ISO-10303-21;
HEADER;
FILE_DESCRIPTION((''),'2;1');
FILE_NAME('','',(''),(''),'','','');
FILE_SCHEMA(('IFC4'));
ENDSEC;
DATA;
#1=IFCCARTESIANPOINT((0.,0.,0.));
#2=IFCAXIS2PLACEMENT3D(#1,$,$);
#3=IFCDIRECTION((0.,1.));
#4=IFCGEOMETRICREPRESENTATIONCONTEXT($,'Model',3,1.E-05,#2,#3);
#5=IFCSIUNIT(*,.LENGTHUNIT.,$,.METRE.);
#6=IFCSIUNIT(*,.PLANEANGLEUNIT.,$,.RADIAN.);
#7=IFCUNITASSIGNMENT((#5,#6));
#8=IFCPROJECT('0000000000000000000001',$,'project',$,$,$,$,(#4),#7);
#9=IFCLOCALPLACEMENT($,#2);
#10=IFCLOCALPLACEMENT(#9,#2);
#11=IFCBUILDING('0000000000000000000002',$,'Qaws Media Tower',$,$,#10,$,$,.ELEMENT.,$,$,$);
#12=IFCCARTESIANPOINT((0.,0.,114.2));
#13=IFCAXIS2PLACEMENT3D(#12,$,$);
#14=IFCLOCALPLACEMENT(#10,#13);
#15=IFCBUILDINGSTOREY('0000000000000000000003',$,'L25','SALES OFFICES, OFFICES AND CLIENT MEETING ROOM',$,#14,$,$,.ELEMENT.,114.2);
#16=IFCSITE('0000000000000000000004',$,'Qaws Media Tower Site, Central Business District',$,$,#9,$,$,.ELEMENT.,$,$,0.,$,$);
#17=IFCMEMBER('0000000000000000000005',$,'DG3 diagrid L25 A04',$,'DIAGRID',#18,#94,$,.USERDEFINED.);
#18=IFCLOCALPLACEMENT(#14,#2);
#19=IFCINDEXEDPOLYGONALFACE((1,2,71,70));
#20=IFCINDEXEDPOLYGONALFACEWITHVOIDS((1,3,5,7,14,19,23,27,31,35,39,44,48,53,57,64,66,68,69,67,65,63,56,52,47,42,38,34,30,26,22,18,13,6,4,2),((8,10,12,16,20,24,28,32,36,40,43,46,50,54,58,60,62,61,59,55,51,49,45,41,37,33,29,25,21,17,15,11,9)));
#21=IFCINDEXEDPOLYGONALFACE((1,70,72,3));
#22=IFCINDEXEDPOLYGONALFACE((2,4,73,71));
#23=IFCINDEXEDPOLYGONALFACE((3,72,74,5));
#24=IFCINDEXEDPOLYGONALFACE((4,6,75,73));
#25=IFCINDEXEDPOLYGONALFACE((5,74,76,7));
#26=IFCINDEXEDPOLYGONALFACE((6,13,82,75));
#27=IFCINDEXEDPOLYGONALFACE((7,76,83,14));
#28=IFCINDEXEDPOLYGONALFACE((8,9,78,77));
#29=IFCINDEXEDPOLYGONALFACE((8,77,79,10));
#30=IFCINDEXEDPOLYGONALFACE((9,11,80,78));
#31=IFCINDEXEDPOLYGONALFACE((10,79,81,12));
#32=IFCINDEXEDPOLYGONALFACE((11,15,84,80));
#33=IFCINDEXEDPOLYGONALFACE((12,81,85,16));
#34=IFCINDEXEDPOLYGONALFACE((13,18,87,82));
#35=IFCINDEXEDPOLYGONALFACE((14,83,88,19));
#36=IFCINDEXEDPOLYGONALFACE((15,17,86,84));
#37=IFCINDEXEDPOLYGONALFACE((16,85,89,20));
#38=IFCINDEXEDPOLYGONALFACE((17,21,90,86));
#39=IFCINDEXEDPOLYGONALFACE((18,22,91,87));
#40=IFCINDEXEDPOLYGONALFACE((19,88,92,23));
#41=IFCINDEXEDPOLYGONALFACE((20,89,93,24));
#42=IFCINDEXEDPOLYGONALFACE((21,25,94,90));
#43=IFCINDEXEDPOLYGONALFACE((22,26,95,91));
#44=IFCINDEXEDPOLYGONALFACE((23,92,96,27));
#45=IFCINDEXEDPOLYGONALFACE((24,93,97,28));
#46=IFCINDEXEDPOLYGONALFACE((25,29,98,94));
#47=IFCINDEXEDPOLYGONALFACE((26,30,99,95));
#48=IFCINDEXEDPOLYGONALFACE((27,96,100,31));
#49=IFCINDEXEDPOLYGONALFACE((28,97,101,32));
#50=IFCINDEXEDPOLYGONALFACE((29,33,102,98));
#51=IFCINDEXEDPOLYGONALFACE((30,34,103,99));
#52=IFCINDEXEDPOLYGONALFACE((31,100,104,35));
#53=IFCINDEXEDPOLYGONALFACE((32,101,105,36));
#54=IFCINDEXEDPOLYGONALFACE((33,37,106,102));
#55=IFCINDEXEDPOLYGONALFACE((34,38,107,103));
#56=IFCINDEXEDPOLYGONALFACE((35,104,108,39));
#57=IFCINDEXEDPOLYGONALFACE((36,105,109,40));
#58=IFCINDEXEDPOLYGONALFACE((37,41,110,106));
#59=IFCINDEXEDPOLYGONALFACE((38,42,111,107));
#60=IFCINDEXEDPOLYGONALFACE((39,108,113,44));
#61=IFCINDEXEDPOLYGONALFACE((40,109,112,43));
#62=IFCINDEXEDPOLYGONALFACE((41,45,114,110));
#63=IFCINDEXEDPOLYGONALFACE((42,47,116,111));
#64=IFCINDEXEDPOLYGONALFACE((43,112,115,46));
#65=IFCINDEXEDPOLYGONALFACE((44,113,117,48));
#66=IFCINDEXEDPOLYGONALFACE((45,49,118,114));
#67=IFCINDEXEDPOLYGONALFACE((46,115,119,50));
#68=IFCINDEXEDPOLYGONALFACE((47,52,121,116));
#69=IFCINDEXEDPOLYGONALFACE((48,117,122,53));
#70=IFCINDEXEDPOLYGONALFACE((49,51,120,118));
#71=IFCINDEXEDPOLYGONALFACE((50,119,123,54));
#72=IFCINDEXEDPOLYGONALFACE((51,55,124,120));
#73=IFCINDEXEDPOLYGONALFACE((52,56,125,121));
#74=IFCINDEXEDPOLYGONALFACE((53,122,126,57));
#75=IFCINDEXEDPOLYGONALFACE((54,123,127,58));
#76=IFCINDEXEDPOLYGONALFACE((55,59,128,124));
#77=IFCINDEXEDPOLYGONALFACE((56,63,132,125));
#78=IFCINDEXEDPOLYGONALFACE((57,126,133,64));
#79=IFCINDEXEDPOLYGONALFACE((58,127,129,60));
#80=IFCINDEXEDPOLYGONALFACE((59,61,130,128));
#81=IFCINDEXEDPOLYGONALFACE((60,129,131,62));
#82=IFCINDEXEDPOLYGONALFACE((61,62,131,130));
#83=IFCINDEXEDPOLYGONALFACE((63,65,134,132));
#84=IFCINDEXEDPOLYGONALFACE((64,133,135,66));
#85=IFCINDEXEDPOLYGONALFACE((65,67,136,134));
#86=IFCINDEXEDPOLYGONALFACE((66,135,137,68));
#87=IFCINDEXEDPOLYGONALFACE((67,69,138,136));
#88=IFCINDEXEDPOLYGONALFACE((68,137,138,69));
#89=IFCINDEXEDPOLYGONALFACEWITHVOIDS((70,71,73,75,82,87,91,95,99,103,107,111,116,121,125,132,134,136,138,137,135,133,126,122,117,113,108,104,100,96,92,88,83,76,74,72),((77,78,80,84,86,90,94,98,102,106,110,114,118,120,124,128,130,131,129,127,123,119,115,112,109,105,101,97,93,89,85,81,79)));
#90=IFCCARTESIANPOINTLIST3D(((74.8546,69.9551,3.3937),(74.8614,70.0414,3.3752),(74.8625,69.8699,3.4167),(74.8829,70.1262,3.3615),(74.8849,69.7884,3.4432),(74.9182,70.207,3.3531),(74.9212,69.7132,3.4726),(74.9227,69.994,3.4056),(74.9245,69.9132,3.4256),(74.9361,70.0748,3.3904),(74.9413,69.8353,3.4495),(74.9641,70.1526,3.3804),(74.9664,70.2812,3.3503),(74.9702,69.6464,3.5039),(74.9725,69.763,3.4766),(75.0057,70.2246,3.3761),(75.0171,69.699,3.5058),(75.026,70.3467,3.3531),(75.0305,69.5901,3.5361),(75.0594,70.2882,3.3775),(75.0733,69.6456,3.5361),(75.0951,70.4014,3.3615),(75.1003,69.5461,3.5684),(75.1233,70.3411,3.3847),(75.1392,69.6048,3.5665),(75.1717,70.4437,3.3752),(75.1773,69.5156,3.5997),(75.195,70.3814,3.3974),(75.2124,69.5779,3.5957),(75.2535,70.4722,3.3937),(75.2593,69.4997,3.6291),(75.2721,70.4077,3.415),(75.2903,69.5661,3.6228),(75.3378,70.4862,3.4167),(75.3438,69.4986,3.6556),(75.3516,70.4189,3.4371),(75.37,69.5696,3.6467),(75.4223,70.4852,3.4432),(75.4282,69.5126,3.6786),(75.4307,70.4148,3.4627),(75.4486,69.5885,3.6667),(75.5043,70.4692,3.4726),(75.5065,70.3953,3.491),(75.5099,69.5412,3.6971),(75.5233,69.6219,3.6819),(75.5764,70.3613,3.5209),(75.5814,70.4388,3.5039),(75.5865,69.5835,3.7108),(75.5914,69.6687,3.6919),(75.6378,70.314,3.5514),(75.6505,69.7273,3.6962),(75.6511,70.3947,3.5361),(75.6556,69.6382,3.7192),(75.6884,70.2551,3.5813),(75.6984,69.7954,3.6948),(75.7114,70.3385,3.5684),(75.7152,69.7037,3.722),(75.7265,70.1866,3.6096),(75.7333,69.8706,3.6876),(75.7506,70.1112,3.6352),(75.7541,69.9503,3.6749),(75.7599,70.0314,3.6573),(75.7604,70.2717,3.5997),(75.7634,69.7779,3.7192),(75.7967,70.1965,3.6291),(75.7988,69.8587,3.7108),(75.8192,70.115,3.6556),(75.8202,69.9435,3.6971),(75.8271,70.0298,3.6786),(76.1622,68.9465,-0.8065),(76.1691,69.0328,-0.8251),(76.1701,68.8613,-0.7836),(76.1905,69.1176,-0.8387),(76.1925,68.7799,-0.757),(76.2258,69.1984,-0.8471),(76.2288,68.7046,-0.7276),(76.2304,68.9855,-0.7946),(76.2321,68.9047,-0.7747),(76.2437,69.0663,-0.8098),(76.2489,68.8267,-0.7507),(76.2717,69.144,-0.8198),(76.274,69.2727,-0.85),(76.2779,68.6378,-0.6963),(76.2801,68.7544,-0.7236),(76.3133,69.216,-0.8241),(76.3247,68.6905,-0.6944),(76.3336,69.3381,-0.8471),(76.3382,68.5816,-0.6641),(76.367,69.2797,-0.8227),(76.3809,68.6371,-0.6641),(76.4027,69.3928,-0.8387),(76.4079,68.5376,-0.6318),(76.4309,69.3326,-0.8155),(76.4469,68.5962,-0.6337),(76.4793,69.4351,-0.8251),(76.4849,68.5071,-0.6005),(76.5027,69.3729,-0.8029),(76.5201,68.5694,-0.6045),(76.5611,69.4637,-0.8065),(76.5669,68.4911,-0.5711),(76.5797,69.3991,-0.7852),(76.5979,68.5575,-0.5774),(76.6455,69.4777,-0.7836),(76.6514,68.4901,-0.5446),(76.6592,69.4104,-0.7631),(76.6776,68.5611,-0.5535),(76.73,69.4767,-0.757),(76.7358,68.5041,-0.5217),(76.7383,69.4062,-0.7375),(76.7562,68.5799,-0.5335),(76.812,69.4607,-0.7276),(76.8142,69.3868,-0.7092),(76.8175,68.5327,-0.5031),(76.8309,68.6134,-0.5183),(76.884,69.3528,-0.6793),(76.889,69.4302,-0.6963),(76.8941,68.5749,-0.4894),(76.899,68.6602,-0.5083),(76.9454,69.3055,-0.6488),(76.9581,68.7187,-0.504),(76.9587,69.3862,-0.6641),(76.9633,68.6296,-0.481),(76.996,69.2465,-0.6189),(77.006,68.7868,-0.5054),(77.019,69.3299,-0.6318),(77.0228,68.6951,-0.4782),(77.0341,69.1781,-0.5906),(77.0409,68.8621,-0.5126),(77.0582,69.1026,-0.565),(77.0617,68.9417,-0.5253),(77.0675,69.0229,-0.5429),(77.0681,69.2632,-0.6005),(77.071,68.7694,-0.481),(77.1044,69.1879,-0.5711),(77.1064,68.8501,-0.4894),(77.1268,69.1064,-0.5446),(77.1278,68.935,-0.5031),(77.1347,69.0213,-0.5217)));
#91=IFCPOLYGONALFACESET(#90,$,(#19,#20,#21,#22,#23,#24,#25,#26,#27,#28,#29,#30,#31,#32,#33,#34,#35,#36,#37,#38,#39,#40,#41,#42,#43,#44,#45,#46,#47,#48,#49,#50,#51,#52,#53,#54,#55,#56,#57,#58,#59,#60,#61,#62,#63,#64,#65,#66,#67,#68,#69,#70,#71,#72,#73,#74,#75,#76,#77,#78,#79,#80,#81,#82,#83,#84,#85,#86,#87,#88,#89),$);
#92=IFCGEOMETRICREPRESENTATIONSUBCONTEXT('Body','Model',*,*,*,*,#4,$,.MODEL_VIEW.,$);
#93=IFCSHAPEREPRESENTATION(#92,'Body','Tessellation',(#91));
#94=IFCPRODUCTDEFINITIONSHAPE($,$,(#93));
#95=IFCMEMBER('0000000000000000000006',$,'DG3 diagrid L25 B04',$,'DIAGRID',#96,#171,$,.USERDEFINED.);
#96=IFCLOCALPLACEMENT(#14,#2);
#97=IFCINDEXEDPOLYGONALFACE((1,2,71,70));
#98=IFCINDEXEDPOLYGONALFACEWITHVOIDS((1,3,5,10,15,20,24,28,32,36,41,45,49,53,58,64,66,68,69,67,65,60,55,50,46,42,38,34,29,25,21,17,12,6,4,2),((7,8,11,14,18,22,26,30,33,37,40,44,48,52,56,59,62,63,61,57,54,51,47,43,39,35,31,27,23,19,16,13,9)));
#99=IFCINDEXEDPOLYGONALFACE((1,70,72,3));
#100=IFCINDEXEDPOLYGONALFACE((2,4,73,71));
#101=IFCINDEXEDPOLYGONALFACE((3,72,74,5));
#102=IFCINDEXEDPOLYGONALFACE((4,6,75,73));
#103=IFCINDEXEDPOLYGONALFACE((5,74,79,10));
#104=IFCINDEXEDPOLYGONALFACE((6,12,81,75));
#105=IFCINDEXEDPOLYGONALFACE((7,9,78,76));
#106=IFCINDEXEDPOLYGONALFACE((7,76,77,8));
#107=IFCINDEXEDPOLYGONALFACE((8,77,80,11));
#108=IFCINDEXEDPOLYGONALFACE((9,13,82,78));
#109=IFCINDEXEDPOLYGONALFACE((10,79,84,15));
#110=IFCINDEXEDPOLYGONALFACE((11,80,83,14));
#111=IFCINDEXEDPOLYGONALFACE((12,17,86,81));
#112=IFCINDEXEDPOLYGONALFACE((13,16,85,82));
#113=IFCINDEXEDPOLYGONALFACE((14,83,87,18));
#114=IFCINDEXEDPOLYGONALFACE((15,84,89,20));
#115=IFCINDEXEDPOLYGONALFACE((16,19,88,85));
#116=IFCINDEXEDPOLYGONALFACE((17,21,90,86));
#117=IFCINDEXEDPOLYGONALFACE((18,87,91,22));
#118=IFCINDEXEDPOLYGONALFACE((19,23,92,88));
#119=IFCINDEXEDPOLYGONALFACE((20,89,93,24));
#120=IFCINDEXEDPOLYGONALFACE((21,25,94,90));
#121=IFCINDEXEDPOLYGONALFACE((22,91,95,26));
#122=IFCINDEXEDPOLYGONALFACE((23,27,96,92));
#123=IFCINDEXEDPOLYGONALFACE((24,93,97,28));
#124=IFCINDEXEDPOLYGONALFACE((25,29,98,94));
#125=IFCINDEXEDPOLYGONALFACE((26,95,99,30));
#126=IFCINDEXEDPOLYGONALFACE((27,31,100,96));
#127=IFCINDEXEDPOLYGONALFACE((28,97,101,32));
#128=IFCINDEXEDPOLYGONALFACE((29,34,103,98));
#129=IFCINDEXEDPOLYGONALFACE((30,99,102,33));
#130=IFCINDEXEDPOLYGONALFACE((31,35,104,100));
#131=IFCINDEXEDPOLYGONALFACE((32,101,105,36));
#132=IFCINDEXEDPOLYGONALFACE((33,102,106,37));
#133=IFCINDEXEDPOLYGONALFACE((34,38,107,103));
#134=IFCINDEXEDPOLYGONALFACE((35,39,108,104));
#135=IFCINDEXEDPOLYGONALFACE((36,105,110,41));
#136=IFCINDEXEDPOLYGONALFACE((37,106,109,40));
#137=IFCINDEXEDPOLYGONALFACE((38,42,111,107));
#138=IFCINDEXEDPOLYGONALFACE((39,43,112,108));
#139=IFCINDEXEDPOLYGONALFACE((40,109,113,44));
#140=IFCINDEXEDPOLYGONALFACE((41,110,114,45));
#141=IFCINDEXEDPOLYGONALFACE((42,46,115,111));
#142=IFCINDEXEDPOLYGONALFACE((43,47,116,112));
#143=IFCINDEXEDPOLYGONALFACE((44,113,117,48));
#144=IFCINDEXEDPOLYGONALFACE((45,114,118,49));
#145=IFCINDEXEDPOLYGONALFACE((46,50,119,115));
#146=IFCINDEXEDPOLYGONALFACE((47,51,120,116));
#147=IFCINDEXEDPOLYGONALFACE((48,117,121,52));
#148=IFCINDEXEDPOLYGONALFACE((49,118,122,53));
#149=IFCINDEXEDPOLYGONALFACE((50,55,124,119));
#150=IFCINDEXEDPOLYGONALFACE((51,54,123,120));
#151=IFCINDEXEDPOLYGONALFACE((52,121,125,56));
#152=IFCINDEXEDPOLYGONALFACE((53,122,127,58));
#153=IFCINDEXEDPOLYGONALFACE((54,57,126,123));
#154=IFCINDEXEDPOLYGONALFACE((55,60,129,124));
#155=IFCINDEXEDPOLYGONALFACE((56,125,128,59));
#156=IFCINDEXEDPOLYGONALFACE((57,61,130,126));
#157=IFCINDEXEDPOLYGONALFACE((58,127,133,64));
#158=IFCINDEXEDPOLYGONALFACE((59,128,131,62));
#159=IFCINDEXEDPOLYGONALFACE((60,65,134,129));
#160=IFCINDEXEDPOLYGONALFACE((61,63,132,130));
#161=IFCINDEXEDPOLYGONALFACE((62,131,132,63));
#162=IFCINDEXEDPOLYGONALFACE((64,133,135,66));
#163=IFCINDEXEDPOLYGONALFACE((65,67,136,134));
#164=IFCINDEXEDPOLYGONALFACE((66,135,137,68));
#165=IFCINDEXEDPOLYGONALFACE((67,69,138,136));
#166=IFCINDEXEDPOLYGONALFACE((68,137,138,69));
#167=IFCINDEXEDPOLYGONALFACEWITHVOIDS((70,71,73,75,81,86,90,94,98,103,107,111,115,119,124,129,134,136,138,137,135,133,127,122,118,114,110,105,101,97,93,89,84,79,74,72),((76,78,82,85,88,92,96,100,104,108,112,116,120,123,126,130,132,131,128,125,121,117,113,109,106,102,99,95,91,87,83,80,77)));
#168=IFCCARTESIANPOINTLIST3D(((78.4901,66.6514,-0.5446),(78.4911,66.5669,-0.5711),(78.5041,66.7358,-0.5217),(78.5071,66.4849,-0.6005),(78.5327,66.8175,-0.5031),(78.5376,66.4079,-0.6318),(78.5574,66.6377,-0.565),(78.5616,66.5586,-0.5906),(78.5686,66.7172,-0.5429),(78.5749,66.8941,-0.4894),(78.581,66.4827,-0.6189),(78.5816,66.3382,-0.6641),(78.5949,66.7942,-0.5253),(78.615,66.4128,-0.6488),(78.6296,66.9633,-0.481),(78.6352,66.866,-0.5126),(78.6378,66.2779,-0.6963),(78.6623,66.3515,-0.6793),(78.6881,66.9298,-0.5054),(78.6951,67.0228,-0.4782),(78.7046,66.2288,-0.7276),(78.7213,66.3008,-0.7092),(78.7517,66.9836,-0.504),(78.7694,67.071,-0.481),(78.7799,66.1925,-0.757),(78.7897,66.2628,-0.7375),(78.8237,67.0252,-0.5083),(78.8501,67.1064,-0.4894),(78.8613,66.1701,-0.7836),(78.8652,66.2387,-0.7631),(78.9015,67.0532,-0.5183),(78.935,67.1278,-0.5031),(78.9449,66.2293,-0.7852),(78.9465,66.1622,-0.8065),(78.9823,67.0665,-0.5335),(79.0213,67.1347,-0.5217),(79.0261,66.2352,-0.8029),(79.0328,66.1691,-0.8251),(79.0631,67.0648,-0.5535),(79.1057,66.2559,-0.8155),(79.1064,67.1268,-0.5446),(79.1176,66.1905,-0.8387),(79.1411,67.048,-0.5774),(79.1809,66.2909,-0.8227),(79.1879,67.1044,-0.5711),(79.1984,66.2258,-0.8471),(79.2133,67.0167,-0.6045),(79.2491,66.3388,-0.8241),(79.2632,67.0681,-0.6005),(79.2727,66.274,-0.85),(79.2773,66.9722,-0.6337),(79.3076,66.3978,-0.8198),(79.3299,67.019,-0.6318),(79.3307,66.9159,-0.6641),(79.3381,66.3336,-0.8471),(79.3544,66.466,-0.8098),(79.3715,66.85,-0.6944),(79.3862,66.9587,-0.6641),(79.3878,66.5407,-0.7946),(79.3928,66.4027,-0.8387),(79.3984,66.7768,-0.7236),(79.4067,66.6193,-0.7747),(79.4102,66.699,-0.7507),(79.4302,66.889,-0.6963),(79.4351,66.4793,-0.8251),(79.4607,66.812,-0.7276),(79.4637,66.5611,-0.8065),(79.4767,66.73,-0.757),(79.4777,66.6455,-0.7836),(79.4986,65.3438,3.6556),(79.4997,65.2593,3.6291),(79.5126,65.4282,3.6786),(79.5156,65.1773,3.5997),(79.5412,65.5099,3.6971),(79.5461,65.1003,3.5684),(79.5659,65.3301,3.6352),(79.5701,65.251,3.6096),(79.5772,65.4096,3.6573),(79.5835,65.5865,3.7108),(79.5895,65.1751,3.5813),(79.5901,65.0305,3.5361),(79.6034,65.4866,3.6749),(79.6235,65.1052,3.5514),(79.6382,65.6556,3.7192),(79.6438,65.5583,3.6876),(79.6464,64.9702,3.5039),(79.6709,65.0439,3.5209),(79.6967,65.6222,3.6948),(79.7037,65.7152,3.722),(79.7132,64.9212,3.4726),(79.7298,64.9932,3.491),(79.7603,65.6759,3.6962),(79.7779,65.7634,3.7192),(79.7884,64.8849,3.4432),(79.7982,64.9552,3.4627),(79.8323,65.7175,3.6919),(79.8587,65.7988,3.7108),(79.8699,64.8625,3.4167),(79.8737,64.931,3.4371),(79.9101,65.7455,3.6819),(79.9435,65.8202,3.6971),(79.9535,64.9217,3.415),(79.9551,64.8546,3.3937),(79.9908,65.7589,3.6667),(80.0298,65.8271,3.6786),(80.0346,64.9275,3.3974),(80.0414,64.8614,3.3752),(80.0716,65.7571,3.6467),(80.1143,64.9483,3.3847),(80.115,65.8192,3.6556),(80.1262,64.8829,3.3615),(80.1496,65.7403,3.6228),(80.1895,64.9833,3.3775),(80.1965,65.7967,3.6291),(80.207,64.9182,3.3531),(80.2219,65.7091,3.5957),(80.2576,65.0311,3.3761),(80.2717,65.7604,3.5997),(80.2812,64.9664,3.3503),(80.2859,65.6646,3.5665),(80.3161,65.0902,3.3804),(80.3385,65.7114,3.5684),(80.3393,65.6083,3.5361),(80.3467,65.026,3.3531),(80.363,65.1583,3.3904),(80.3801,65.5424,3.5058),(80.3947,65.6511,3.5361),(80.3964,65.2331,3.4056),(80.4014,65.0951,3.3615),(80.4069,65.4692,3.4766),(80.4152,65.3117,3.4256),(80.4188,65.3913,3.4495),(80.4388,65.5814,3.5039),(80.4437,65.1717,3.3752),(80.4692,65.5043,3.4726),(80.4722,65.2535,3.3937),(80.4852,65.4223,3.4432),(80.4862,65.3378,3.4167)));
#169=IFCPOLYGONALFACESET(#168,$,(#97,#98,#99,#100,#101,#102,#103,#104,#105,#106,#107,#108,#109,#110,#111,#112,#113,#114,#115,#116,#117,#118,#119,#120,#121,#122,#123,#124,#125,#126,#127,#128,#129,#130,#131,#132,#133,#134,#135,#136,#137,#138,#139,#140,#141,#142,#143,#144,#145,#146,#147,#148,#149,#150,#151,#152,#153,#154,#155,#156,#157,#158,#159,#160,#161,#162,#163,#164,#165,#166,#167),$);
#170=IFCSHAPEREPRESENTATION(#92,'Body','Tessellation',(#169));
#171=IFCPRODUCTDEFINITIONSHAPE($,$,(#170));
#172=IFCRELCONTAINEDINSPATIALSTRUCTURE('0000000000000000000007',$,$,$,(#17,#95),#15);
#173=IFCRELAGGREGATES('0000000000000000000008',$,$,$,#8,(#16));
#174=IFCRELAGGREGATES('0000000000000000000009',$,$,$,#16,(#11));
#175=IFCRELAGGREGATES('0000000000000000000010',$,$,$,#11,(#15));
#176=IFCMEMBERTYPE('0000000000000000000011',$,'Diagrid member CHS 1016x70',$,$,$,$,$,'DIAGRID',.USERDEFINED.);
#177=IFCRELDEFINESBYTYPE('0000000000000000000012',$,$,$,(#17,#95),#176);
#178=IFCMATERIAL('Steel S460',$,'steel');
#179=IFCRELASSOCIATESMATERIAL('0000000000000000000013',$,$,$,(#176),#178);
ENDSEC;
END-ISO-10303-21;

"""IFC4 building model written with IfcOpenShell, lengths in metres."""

from ifc_helpers import new_model, si_unit, direction, frame, origin, origin_2d, place, context, subcontext, project, spatial, hollow_circle, extrude, material, material_profile, profile_set, type_object, element, save


model = new_model("IFC4")

# Units and contexts
model_context = context("Model", 3, precision=1e-05, world=origin(), true_north=direction((0.0, 1.0)))
body_context = subcontext(model_context, "Body", "Model", "MODEL_VIEW")
ifc_project = project(units=[si_unit("LENGTHUNIT", "METRE"), si_unit("PLANEANGLEUNIT", "RADIAN")], contexts=[model_context])

# Site, building, storey
site_placement = place(None, origin())
site = spatial("IfcSite", under=ifc_project, at=site_placement, Name="Qaws Media Tower Site, Central Business District", CompositionType="ELEMENT", RefElevation=0.0)
building_placement = place(site_placement, origin())
building = spatial("IfcBuilding", under=site, at=building_placement, Name="Qaws Media Tower", CompositionType="ELEMENT")
storey_placement = place(building_placement, frame((0.0, 0.0, 114.2)))
storey = spatial("IfcBuildingStorey", under=building, at=storey_placement, Name="L25", Description="SALES OFFICES, OFFICES AND CLIENT MEETING ROOM", CompositionType="ELEMENT", Elevation=114.2)

# Members
ifc_material_1 = material(Name="Steel S460", Category="steel")
ifc_material_profile_1 = material_profile(ifc_material_1, hollow_circle(Radius=0.5081, WallThickness=0.0701, at=origin_2d()), Name="CHS 1016x70")
ifc_profile_set_1 = profile_set([ifc_material_profile_1], Name="Steel S460")
member_type_1 = type_object("IfcMemberType", Name="Diagrid member CHS 1016x70", ElementType="DIAGRID", PredefinedType="USERDEFINED", material=ifc_profile_set_1)
for number, where, z_axis, x_axis, name in (
    (1, (76.6484, 68.9839, -0.6641), (-0.289734, 0.223467, 0.930654), (-0.610732, -0.791837, 0.0), "DG3 diagrid L25 A04"),
    (2, (78.9839, 66.6484, -0.6641), (0.223467, -0.289734, 0.930654), (0.791837, 0.610732, 0.0), "DG3 diagrid L25 B04"),
):
    element("IfcMember", number, at=place(storey_placement, frame(where, z_axis=z_axis, x_axis=x_axis)), inside=storey, type_object=member_type_1, Name=name, ObjectType="DIAGRID", PredefinedType="USERDEFINED", context=body_context, shape_type="SweptSolid", body=[
        extrude(hollow_circle(Radius=0.5081, WallThickness=0.0701, at=origin_2d()), origin(), (0.0, 0.0, 1.0), 4.5132),
    ])

save(model, "model.ifc")
